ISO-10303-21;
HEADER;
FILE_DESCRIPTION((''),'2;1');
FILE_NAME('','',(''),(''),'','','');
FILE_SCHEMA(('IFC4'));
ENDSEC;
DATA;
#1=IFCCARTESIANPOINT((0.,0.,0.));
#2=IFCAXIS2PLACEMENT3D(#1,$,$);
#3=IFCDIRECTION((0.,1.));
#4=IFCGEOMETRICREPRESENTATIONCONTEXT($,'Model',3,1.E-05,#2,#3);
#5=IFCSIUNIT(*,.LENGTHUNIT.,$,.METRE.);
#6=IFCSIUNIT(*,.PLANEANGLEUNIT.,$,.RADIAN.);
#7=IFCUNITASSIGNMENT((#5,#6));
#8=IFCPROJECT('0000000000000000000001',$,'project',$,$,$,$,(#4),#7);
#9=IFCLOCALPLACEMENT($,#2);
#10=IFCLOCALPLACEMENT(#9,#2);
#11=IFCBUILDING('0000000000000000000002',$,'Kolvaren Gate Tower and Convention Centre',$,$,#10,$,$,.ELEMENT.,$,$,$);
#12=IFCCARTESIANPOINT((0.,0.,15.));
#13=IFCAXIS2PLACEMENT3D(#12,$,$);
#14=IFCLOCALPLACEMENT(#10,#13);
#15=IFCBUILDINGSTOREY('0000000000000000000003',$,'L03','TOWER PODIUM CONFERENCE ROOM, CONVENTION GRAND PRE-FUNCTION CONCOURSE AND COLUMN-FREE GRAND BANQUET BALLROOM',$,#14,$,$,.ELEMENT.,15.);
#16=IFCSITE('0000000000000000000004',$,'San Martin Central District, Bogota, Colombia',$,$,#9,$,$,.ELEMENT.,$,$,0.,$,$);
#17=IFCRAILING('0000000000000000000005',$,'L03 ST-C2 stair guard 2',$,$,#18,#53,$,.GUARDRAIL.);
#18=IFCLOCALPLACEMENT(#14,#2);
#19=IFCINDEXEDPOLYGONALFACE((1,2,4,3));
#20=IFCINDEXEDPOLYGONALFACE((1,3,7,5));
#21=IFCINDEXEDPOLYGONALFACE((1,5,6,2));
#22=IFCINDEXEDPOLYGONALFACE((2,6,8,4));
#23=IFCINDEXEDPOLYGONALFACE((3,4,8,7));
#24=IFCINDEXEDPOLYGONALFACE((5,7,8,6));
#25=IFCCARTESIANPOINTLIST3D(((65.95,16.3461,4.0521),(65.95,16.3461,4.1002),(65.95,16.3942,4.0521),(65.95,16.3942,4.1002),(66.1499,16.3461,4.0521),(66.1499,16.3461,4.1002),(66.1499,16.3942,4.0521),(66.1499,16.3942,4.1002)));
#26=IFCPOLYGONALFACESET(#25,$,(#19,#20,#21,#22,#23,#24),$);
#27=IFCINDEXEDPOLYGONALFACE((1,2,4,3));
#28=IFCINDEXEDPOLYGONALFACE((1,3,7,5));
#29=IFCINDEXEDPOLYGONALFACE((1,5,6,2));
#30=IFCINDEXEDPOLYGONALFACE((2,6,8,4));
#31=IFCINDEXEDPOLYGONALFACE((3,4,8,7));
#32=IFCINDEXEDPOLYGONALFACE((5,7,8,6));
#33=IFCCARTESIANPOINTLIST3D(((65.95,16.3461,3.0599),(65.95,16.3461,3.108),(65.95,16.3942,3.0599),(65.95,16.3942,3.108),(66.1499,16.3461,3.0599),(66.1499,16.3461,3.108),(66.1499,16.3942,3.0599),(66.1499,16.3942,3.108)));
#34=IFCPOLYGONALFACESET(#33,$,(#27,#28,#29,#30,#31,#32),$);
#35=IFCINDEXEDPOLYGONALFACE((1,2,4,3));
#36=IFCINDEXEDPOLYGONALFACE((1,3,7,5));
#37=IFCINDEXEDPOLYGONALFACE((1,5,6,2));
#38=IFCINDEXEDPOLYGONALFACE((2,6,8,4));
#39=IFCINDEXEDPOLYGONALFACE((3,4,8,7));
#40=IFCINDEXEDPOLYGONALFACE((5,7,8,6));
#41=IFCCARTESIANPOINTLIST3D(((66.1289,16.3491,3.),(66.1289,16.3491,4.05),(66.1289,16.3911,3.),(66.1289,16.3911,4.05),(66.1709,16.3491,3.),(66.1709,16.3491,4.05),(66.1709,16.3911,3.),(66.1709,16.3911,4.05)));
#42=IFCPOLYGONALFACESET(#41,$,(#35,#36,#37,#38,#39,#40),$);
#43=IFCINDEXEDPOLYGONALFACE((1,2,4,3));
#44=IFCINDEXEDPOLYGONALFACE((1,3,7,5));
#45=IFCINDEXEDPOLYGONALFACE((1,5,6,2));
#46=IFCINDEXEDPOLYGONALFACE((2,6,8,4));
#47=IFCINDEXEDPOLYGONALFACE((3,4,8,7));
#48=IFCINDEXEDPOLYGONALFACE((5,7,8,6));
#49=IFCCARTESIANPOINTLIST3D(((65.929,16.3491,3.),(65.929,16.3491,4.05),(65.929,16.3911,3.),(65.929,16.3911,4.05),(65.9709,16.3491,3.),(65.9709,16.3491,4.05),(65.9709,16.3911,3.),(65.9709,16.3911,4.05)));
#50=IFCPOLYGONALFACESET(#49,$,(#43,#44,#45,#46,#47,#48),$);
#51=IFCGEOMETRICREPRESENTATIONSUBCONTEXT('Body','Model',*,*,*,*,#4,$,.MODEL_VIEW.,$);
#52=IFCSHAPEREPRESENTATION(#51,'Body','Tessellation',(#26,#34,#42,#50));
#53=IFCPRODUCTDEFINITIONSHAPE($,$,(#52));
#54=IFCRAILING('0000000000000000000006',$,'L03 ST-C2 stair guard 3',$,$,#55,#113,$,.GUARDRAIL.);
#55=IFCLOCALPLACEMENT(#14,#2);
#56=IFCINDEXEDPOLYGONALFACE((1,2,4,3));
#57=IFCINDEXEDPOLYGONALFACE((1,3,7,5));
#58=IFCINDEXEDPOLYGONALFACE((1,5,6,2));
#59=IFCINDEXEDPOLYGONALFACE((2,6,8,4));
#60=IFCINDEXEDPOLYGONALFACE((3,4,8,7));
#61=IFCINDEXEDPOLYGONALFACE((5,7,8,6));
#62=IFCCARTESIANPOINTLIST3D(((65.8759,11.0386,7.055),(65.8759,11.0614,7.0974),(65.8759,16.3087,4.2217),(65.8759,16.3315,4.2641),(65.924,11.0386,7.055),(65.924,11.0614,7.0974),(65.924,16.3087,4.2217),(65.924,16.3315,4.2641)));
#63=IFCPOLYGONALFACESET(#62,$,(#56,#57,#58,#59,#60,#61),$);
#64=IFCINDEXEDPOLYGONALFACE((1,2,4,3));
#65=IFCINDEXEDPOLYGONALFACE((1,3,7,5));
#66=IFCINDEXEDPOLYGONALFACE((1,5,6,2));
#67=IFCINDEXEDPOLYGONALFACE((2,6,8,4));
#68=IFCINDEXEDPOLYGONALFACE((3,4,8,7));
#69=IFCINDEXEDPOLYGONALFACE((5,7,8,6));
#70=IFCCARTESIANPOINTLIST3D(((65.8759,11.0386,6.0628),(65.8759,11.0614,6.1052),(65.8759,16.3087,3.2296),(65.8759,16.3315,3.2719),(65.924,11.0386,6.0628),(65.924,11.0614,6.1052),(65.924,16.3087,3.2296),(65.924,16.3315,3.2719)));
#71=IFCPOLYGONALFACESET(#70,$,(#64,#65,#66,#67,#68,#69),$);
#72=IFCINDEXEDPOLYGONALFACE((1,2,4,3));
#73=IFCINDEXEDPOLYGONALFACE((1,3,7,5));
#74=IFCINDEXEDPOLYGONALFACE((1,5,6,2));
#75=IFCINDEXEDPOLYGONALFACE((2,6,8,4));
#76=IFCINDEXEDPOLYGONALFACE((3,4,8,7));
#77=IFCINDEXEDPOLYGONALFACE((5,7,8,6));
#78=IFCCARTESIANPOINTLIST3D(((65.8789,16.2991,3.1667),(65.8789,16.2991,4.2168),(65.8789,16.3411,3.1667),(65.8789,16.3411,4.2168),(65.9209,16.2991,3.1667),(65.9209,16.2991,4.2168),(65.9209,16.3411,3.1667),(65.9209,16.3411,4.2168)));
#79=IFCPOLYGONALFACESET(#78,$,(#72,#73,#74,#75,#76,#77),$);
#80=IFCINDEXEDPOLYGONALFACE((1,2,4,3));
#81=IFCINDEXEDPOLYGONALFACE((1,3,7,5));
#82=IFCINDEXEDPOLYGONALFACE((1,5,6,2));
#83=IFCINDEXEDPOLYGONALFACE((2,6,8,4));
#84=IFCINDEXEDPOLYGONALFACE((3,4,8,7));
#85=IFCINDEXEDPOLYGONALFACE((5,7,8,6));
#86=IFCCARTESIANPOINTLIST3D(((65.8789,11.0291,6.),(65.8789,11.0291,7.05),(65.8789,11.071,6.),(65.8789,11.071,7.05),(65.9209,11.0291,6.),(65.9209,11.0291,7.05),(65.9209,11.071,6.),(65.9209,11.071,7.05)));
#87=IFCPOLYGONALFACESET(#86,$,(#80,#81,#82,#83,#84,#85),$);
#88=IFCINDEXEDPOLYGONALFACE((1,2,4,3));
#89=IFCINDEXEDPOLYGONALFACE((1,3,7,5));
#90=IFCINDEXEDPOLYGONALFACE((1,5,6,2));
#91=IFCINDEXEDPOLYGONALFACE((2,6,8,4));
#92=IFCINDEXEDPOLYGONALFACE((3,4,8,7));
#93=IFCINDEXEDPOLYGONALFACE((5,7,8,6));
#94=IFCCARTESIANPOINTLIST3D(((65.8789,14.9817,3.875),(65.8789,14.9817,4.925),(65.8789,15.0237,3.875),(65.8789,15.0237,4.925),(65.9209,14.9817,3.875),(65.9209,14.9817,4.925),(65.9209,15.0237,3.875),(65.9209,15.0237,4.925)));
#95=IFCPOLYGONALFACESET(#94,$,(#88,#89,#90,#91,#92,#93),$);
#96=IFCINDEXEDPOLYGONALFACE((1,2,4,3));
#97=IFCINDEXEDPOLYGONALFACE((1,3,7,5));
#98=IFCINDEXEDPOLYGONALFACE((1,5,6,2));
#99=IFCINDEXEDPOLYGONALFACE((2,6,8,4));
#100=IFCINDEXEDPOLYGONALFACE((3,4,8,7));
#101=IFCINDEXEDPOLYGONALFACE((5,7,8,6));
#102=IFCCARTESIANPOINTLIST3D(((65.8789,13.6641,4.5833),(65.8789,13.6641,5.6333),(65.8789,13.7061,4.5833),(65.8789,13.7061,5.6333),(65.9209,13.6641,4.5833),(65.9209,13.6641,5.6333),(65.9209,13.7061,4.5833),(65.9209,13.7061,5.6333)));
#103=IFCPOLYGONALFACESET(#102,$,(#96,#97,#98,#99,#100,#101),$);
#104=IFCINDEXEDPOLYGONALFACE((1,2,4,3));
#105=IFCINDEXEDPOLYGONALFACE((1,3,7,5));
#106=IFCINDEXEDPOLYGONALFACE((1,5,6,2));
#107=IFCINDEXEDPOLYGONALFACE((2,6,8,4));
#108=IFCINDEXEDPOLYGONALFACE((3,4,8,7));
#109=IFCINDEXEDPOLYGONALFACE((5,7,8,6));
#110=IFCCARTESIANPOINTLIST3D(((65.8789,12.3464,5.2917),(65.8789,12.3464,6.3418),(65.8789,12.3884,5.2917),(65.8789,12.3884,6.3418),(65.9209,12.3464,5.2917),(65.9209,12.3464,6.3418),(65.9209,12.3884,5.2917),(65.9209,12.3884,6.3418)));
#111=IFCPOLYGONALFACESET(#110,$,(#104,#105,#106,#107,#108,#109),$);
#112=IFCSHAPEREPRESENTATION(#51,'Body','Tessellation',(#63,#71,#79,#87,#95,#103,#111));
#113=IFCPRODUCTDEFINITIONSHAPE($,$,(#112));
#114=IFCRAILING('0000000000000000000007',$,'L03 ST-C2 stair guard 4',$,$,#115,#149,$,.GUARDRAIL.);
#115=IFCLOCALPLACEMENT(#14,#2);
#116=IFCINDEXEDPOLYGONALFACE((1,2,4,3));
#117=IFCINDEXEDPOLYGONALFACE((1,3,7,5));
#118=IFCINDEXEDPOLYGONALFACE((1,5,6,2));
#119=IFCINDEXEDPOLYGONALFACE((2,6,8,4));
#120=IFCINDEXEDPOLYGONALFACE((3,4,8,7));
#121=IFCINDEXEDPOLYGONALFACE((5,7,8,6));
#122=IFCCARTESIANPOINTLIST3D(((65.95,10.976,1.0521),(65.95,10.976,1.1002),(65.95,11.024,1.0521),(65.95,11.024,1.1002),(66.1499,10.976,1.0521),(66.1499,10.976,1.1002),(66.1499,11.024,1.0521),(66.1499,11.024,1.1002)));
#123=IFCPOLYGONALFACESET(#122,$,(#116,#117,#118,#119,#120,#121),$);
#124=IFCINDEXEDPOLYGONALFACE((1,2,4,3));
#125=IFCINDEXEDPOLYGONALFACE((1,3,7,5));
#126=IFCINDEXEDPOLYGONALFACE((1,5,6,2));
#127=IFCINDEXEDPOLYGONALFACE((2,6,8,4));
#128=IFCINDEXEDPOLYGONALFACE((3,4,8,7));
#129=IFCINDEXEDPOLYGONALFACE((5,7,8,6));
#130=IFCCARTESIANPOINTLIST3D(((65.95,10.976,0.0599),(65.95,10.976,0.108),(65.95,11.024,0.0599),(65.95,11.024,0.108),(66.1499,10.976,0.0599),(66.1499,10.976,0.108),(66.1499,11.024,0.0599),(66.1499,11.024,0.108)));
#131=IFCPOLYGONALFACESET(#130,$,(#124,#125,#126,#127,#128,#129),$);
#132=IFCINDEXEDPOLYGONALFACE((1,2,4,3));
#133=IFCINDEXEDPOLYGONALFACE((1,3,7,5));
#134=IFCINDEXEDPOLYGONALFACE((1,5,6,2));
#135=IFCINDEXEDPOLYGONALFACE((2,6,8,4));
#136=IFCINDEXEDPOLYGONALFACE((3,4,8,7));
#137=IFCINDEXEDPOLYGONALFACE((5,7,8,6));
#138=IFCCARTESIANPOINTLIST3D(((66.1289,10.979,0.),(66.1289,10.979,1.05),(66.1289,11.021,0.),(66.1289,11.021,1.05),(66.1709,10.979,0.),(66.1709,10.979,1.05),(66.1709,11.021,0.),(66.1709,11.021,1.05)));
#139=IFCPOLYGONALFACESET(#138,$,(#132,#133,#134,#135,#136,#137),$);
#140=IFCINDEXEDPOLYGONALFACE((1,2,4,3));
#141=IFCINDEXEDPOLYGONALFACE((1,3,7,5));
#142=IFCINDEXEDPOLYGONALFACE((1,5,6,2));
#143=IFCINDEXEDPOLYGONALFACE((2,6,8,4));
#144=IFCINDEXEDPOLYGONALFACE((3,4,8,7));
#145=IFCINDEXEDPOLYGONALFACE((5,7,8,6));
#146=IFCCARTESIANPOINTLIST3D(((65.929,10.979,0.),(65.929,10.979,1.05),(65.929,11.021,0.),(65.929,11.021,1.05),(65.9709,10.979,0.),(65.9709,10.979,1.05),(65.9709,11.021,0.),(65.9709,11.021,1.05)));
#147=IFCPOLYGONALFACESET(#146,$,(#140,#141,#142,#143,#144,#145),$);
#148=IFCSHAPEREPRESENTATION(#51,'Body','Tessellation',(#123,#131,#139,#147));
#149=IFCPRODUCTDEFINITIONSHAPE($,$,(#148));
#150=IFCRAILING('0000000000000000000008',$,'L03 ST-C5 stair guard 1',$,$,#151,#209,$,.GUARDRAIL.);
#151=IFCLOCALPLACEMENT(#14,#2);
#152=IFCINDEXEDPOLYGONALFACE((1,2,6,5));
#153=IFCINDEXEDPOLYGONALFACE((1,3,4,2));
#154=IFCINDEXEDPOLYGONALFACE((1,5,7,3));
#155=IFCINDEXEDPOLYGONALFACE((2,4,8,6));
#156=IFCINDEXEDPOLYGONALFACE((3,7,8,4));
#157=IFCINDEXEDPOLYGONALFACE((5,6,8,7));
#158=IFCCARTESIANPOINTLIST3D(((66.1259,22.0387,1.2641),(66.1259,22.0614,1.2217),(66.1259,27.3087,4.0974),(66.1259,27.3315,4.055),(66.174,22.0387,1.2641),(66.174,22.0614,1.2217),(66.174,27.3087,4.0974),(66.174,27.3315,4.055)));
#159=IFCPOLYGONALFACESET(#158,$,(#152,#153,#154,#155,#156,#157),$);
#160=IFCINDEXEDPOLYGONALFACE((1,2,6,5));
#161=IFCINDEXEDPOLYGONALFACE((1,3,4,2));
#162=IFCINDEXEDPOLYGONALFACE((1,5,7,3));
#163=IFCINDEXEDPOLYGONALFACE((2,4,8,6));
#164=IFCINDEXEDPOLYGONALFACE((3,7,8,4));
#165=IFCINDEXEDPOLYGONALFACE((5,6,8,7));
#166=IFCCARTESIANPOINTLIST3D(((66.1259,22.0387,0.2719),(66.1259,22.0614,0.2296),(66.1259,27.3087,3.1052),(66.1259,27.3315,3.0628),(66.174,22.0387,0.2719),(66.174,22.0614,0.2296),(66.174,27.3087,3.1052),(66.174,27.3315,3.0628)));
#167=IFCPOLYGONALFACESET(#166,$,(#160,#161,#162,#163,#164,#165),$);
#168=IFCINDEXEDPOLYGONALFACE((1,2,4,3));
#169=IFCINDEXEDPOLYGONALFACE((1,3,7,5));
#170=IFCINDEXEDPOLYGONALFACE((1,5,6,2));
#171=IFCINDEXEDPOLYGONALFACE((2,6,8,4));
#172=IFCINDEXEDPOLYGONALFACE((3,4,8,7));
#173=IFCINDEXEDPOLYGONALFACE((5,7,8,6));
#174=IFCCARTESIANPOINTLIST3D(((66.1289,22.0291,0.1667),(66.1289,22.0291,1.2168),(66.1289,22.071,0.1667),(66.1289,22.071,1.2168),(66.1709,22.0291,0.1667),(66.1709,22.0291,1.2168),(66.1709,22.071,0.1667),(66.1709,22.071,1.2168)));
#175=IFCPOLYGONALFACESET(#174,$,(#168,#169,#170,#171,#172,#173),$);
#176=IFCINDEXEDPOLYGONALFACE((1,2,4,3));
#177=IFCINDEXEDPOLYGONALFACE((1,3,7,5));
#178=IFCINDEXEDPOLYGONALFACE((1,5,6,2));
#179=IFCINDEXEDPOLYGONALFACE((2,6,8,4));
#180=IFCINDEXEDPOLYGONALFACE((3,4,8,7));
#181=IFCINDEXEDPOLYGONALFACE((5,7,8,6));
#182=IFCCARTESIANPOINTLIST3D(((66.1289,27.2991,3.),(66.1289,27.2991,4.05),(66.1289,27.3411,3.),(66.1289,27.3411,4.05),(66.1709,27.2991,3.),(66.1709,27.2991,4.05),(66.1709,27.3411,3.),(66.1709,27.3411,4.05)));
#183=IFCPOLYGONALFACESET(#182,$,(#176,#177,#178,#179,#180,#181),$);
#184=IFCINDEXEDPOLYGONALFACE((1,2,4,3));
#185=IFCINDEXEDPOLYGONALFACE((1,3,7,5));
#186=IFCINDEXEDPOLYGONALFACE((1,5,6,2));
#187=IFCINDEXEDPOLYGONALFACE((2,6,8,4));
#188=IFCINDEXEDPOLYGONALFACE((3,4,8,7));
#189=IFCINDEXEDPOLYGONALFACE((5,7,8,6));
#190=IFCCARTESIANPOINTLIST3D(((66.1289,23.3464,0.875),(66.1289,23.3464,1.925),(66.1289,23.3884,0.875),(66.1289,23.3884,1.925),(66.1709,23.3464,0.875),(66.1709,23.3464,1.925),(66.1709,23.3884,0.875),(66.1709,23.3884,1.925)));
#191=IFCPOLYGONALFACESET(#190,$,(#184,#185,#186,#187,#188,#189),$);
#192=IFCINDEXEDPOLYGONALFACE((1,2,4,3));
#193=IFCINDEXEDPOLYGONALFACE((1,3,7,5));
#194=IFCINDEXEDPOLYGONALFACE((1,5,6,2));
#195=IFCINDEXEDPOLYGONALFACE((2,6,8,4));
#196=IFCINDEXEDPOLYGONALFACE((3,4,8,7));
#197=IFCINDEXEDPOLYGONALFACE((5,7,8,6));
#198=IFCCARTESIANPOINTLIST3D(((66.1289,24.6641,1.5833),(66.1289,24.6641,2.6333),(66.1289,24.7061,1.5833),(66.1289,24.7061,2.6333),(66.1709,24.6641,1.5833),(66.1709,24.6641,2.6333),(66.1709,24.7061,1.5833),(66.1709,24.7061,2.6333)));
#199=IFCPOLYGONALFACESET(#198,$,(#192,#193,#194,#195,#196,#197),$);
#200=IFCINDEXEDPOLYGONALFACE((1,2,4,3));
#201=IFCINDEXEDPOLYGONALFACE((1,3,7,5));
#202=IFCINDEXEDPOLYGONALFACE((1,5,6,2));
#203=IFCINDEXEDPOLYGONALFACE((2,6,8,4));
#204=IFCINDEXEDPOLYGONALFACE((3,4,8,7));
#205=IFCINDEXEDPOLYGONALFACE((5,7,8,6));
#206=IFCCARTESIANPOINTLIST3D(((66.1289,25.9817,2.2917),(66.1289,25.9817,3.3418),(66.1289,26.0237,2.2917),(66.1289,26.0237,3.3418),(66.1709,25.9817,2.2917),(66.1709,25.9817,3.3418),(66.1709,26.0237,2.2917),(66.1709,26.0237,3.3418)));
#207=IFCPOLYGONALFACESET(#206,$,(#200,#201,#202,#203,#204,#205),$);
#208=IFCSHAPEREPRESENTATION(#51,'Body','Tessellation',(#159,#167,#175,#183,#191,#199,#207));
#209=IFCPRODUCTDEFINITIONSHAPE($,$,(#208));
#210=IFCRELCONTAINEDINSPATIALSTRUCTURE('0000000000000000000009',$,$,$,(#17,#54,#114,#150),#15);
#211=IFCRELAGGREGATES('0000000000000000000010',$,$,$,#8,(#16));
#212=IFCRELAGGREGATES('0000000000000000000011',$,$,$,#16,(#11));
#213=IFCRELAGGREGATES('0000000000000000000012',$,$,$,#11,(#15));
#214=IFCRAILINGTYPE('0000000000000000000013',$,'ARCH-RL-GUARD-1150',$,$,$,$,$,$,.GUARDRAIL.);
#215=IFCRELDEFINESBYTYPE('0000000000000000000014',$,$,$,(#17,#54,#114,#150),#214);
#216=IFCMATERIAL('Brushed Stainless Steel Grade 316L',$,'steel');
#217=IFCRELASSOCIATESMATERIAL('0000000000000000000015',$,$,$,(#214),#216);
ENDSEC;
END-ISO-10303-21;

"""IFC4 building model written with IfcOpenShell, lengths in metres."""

from ifc_helpers import new_model, si_unit, direction, frame, origin, origin_2d, place, context, subcontext, project, spatial, rectangle, extrude, material, type_object, element, save


model = new_model("IFC4")

# Units and contexts
model_context = context("Model", 3, precision=1e-05, world=origin(), true_north=direction((0.0, 1.0)))
body_context = subcontext(model_context, "Body", "Model", "MODEL_VIEW")
ifc_project = project(units=[si_unit("LENGTHUNIT", "METRE"), si_unit("PLANEANGLEUNIT", "RADIAN")], contexts=[model_context])

# Site, building, storey
site_placement = place(None, origin())
site = spatial("IfcSite", under=ifc_project, at=site_placement, Name="San Martin Central District, Bogota, Colombia", CompositionType="ELEMENT", RefElevation=0.0)
building_placement = place(site_placement, origin())
building = spatial("IfcBuilding", under=site, at=building_placement, Name="Kolvaren Gate Tower and Convention Centre", CompositionType="ELEMENT")
storey_placement = place(building_placement, frame((0.0, 0.0, 15.0)))
storey = spatial("IfcBuildingStorey", under=building, at=storey_placement, Name="L03", Description="TOWER PODIUM CONFERENCE ROOM, CONVENTION GRAND PRE-FUNCTION CONCOURSE AND COLUMN-FREE GRAND BANQUET BALLROOM", CompositionType="ELEMENT", Elevation=15.0)

# Railings
ifc_material_1 = material(Name="Brushed Stainless Steel Grade 316L", Category="steel")
railing_type_1 = type_object("IfcRailingType", Name="ARCH-RL-GUARD-1150", PredefinedType="GUARDRAIL", material=ifc_material_1)
railing_1_placement = place(storey_placement, frame((66.1499, 16.3701, 3.0)))
element("IfcRailing", 1, at=railing_1_placement, inside=storey, type_object=railing_type_1, Name="L03 ST-C2 stair guard 2", PredefinedType="GUARDRAIL", context=body_context, shape_type="SweptSolid", body=[
    extrude(rectangle(XDim=0.0481, YDim=0.0481, at=origin_2d()), frame((0.0, 0.0, 1.0762), z_axis=(-1.0, 0.0, 0.0), x_axis=(0.0, -1.0, 0.0)), (0.0, 0.0, 1.0), 0.2),
    extrude(rectangle(XDim=0.0481, YDim=0.0481, at=origin_2d()), frame((0.0, 0.0, 0.084), z_axis=(-1.0, 0.0, 0.0), x_axis=(0.0, -1.0, 0.0)), (0.0, 0.0, 1.0), 0.2),
    extrude(rectangle(XDim=0.042, YDim=0.042, at=origin_2d()), origin(), (0.0, 0.0, 1.0), 1.05),
    extrude(rectangle(XDim=0.042, YDim=0.042, at=origin_2d()), frame((-0.2, 0.0, 0.0)), (0.0, 0.0, 1.0), 1.05),
])
railing_2_placement = place(storey_placement, frame((65.8999, 16.3201, 3.1667)))
element("IfcRailing", 2, at=railing_2_placement, inside=storey, type_object=railing_type_1, Name="L03 ST-C2 stair guard 3", PredefinedType="GUARDRAIL", context=body_context, shape_type="SweptSolid", body=[
    extrude(rectangle(XDim=0.0481, YDim=0.0481, at=origin_2d()), frame((0.0, 0.0, 1.0762), z_axis=(0.0, -0.880781, 0.473523), x_axis=(1.0, 0.0, 0.0)), (0.0, 0.0, 1.0), 5.9834),
    extrude(rectangle(XDim=0.0481, YDim=0.0481, at=origin_2d()), frame((0.0, 0.0, 0.084), z_axis=(0.0, -0.880781, 0.473523), x_axis=(1.0, 0.0, 0.0)), (0.0, 0.0, 1.0), 5.9834),
    extrude(rectangle(XDim=0.042, YDim=0.042, at=origin_2d()), origin(), (0.0, 0.0, 1.0), 1.05),
    extrude(rectangle(XDim=0.042, YDim=0.042, at=origin_2d()), frame((0.0, -5.27, 2.8333)), (0.0, 0.0, 1.0), 1.05),
    extrude(rectangle(XDim=0.042, YDim=0.042, at=origin_2d()), frame((0.0, -1.3174, 0.7083)), (0.0, 0.0, 1.0), 1.05),
    extrude(rectangle(XDim=0.042, YDim=0.042, at=origin_2d()), frame((0.0, -2.635, 1.4165)), (0.0, 0.0, 1.0), 1.05),
    extrude(rectangle(XDim=0.042, YDim=0.042, at=origin_2d()), frame((0.0, -3.9526, 2.125)), (0.0, 0.0, 1.0), 1.05),
])
railing_3_placement = place(storey_placement, frame((66.1499, 11.0, 0.0)))
element("IfcRailing", 3, at=railing_3_placement, inside=storey, type_object=railing_type_1, Name="L03 ST-C2 stair guard 4", PredefinedType="GUARDRAIL", context=body_context, shape_type="SweptSolid", body=[
    extrude(rectangle(XDim=0.0481, YDim=0.0481, at=origin_2d()), frame((0.0, 0.0, 1.0762), z_axis=(-1.0, 0.0, 0.0), x_axis=(0.0, -1.0, 0.0)), (0.0, 0.0, 1.0), 0.2),
    extrude(rectangle(XDim=0.0481, YDim=0.0481, at=origin_2d()), frame((0.0, 0.0, 0.084), z_axis=(-1.0, 0.0, 0.0), x_axis=(0.0, -1.0, 0.0)), (0.0, 0.0, 1.0), 0.2),
    extrude(rectangle(XDim=0.042, YDim=0.042, at=origin_2d()), origin(), (0.0, 0.0, 1.0), 1.05),
    extrude(rectangle(XDim=0.042, YDim=0.042, at=origin_2d()), frame((-0.2, 0.0, 0.0)), (0.0, 0.0, 1.0), 1.05),
])
railing_4_placement = place(storey_placement, frame((66.1499, 22.05, 0.1667)))
element("IfcRailing", 4, at=railing_4_placement, inside=storey, type_object=railing_type_1, Name="L03 ST-C5 stair guard 1", PredefinedType="GUARDRAIL", context=body_context, shape_type="SweptSolid", body=[
    extrude(rectangle(XDim=0.0481, YDim=0.0481, at=origin_2d()), frame((0.0, 0.0, 1.0762), z_axis=(0.0, 0.880781, 0.473523), x_axis=(-1.0, 0.0, 0.0)), (0.0, 0.0, 1.0), 5.9834),
    extrude(rectangle(XDim=0.0481, YDim=0.0481, at=origin_2d()), frame((0.0, 0.0, 0.084), z_axis=(0.0, 0.880781, 0.473523), x_axis=(-1.0, 0.0, 0.0)), (0.0, 0.0, 1.0), 5.9834),
    extrude(rectangle(XDim=0.042, YDim=0.042, at=origin_2d()), origin(), (0.0, 0.0, 1.0), 1.05),
    extrude(rectangle(XDim=0.042, YDim=0.042, at=origin_2d()), frame((0.0, 5.27, 2.8333)), (0.0, 0.0, 1.0), 1.05),
    extrude(rectangle(XDim=0.042, YDim=0.042, at=origin_2d()), frame((0.0, 1.3174, 0.7083)), (0.0, 0.0, 1.0), 1.05),
    extrude(rectangle(XDim=0.042, YDim=0.042, at=origin_2d()), frame((0.0, 2.635, 1.4165)), (0.0, 0.0, 1.0), 1.05),
    extrude(rectangle(XDim=0.042, YDim=0.042, at=origin_2d()), frame((0.0, 3.9526, 2.125)), (0.0, 0.0, 1.0), 1.05),
])

save(model, "model.ifc")
